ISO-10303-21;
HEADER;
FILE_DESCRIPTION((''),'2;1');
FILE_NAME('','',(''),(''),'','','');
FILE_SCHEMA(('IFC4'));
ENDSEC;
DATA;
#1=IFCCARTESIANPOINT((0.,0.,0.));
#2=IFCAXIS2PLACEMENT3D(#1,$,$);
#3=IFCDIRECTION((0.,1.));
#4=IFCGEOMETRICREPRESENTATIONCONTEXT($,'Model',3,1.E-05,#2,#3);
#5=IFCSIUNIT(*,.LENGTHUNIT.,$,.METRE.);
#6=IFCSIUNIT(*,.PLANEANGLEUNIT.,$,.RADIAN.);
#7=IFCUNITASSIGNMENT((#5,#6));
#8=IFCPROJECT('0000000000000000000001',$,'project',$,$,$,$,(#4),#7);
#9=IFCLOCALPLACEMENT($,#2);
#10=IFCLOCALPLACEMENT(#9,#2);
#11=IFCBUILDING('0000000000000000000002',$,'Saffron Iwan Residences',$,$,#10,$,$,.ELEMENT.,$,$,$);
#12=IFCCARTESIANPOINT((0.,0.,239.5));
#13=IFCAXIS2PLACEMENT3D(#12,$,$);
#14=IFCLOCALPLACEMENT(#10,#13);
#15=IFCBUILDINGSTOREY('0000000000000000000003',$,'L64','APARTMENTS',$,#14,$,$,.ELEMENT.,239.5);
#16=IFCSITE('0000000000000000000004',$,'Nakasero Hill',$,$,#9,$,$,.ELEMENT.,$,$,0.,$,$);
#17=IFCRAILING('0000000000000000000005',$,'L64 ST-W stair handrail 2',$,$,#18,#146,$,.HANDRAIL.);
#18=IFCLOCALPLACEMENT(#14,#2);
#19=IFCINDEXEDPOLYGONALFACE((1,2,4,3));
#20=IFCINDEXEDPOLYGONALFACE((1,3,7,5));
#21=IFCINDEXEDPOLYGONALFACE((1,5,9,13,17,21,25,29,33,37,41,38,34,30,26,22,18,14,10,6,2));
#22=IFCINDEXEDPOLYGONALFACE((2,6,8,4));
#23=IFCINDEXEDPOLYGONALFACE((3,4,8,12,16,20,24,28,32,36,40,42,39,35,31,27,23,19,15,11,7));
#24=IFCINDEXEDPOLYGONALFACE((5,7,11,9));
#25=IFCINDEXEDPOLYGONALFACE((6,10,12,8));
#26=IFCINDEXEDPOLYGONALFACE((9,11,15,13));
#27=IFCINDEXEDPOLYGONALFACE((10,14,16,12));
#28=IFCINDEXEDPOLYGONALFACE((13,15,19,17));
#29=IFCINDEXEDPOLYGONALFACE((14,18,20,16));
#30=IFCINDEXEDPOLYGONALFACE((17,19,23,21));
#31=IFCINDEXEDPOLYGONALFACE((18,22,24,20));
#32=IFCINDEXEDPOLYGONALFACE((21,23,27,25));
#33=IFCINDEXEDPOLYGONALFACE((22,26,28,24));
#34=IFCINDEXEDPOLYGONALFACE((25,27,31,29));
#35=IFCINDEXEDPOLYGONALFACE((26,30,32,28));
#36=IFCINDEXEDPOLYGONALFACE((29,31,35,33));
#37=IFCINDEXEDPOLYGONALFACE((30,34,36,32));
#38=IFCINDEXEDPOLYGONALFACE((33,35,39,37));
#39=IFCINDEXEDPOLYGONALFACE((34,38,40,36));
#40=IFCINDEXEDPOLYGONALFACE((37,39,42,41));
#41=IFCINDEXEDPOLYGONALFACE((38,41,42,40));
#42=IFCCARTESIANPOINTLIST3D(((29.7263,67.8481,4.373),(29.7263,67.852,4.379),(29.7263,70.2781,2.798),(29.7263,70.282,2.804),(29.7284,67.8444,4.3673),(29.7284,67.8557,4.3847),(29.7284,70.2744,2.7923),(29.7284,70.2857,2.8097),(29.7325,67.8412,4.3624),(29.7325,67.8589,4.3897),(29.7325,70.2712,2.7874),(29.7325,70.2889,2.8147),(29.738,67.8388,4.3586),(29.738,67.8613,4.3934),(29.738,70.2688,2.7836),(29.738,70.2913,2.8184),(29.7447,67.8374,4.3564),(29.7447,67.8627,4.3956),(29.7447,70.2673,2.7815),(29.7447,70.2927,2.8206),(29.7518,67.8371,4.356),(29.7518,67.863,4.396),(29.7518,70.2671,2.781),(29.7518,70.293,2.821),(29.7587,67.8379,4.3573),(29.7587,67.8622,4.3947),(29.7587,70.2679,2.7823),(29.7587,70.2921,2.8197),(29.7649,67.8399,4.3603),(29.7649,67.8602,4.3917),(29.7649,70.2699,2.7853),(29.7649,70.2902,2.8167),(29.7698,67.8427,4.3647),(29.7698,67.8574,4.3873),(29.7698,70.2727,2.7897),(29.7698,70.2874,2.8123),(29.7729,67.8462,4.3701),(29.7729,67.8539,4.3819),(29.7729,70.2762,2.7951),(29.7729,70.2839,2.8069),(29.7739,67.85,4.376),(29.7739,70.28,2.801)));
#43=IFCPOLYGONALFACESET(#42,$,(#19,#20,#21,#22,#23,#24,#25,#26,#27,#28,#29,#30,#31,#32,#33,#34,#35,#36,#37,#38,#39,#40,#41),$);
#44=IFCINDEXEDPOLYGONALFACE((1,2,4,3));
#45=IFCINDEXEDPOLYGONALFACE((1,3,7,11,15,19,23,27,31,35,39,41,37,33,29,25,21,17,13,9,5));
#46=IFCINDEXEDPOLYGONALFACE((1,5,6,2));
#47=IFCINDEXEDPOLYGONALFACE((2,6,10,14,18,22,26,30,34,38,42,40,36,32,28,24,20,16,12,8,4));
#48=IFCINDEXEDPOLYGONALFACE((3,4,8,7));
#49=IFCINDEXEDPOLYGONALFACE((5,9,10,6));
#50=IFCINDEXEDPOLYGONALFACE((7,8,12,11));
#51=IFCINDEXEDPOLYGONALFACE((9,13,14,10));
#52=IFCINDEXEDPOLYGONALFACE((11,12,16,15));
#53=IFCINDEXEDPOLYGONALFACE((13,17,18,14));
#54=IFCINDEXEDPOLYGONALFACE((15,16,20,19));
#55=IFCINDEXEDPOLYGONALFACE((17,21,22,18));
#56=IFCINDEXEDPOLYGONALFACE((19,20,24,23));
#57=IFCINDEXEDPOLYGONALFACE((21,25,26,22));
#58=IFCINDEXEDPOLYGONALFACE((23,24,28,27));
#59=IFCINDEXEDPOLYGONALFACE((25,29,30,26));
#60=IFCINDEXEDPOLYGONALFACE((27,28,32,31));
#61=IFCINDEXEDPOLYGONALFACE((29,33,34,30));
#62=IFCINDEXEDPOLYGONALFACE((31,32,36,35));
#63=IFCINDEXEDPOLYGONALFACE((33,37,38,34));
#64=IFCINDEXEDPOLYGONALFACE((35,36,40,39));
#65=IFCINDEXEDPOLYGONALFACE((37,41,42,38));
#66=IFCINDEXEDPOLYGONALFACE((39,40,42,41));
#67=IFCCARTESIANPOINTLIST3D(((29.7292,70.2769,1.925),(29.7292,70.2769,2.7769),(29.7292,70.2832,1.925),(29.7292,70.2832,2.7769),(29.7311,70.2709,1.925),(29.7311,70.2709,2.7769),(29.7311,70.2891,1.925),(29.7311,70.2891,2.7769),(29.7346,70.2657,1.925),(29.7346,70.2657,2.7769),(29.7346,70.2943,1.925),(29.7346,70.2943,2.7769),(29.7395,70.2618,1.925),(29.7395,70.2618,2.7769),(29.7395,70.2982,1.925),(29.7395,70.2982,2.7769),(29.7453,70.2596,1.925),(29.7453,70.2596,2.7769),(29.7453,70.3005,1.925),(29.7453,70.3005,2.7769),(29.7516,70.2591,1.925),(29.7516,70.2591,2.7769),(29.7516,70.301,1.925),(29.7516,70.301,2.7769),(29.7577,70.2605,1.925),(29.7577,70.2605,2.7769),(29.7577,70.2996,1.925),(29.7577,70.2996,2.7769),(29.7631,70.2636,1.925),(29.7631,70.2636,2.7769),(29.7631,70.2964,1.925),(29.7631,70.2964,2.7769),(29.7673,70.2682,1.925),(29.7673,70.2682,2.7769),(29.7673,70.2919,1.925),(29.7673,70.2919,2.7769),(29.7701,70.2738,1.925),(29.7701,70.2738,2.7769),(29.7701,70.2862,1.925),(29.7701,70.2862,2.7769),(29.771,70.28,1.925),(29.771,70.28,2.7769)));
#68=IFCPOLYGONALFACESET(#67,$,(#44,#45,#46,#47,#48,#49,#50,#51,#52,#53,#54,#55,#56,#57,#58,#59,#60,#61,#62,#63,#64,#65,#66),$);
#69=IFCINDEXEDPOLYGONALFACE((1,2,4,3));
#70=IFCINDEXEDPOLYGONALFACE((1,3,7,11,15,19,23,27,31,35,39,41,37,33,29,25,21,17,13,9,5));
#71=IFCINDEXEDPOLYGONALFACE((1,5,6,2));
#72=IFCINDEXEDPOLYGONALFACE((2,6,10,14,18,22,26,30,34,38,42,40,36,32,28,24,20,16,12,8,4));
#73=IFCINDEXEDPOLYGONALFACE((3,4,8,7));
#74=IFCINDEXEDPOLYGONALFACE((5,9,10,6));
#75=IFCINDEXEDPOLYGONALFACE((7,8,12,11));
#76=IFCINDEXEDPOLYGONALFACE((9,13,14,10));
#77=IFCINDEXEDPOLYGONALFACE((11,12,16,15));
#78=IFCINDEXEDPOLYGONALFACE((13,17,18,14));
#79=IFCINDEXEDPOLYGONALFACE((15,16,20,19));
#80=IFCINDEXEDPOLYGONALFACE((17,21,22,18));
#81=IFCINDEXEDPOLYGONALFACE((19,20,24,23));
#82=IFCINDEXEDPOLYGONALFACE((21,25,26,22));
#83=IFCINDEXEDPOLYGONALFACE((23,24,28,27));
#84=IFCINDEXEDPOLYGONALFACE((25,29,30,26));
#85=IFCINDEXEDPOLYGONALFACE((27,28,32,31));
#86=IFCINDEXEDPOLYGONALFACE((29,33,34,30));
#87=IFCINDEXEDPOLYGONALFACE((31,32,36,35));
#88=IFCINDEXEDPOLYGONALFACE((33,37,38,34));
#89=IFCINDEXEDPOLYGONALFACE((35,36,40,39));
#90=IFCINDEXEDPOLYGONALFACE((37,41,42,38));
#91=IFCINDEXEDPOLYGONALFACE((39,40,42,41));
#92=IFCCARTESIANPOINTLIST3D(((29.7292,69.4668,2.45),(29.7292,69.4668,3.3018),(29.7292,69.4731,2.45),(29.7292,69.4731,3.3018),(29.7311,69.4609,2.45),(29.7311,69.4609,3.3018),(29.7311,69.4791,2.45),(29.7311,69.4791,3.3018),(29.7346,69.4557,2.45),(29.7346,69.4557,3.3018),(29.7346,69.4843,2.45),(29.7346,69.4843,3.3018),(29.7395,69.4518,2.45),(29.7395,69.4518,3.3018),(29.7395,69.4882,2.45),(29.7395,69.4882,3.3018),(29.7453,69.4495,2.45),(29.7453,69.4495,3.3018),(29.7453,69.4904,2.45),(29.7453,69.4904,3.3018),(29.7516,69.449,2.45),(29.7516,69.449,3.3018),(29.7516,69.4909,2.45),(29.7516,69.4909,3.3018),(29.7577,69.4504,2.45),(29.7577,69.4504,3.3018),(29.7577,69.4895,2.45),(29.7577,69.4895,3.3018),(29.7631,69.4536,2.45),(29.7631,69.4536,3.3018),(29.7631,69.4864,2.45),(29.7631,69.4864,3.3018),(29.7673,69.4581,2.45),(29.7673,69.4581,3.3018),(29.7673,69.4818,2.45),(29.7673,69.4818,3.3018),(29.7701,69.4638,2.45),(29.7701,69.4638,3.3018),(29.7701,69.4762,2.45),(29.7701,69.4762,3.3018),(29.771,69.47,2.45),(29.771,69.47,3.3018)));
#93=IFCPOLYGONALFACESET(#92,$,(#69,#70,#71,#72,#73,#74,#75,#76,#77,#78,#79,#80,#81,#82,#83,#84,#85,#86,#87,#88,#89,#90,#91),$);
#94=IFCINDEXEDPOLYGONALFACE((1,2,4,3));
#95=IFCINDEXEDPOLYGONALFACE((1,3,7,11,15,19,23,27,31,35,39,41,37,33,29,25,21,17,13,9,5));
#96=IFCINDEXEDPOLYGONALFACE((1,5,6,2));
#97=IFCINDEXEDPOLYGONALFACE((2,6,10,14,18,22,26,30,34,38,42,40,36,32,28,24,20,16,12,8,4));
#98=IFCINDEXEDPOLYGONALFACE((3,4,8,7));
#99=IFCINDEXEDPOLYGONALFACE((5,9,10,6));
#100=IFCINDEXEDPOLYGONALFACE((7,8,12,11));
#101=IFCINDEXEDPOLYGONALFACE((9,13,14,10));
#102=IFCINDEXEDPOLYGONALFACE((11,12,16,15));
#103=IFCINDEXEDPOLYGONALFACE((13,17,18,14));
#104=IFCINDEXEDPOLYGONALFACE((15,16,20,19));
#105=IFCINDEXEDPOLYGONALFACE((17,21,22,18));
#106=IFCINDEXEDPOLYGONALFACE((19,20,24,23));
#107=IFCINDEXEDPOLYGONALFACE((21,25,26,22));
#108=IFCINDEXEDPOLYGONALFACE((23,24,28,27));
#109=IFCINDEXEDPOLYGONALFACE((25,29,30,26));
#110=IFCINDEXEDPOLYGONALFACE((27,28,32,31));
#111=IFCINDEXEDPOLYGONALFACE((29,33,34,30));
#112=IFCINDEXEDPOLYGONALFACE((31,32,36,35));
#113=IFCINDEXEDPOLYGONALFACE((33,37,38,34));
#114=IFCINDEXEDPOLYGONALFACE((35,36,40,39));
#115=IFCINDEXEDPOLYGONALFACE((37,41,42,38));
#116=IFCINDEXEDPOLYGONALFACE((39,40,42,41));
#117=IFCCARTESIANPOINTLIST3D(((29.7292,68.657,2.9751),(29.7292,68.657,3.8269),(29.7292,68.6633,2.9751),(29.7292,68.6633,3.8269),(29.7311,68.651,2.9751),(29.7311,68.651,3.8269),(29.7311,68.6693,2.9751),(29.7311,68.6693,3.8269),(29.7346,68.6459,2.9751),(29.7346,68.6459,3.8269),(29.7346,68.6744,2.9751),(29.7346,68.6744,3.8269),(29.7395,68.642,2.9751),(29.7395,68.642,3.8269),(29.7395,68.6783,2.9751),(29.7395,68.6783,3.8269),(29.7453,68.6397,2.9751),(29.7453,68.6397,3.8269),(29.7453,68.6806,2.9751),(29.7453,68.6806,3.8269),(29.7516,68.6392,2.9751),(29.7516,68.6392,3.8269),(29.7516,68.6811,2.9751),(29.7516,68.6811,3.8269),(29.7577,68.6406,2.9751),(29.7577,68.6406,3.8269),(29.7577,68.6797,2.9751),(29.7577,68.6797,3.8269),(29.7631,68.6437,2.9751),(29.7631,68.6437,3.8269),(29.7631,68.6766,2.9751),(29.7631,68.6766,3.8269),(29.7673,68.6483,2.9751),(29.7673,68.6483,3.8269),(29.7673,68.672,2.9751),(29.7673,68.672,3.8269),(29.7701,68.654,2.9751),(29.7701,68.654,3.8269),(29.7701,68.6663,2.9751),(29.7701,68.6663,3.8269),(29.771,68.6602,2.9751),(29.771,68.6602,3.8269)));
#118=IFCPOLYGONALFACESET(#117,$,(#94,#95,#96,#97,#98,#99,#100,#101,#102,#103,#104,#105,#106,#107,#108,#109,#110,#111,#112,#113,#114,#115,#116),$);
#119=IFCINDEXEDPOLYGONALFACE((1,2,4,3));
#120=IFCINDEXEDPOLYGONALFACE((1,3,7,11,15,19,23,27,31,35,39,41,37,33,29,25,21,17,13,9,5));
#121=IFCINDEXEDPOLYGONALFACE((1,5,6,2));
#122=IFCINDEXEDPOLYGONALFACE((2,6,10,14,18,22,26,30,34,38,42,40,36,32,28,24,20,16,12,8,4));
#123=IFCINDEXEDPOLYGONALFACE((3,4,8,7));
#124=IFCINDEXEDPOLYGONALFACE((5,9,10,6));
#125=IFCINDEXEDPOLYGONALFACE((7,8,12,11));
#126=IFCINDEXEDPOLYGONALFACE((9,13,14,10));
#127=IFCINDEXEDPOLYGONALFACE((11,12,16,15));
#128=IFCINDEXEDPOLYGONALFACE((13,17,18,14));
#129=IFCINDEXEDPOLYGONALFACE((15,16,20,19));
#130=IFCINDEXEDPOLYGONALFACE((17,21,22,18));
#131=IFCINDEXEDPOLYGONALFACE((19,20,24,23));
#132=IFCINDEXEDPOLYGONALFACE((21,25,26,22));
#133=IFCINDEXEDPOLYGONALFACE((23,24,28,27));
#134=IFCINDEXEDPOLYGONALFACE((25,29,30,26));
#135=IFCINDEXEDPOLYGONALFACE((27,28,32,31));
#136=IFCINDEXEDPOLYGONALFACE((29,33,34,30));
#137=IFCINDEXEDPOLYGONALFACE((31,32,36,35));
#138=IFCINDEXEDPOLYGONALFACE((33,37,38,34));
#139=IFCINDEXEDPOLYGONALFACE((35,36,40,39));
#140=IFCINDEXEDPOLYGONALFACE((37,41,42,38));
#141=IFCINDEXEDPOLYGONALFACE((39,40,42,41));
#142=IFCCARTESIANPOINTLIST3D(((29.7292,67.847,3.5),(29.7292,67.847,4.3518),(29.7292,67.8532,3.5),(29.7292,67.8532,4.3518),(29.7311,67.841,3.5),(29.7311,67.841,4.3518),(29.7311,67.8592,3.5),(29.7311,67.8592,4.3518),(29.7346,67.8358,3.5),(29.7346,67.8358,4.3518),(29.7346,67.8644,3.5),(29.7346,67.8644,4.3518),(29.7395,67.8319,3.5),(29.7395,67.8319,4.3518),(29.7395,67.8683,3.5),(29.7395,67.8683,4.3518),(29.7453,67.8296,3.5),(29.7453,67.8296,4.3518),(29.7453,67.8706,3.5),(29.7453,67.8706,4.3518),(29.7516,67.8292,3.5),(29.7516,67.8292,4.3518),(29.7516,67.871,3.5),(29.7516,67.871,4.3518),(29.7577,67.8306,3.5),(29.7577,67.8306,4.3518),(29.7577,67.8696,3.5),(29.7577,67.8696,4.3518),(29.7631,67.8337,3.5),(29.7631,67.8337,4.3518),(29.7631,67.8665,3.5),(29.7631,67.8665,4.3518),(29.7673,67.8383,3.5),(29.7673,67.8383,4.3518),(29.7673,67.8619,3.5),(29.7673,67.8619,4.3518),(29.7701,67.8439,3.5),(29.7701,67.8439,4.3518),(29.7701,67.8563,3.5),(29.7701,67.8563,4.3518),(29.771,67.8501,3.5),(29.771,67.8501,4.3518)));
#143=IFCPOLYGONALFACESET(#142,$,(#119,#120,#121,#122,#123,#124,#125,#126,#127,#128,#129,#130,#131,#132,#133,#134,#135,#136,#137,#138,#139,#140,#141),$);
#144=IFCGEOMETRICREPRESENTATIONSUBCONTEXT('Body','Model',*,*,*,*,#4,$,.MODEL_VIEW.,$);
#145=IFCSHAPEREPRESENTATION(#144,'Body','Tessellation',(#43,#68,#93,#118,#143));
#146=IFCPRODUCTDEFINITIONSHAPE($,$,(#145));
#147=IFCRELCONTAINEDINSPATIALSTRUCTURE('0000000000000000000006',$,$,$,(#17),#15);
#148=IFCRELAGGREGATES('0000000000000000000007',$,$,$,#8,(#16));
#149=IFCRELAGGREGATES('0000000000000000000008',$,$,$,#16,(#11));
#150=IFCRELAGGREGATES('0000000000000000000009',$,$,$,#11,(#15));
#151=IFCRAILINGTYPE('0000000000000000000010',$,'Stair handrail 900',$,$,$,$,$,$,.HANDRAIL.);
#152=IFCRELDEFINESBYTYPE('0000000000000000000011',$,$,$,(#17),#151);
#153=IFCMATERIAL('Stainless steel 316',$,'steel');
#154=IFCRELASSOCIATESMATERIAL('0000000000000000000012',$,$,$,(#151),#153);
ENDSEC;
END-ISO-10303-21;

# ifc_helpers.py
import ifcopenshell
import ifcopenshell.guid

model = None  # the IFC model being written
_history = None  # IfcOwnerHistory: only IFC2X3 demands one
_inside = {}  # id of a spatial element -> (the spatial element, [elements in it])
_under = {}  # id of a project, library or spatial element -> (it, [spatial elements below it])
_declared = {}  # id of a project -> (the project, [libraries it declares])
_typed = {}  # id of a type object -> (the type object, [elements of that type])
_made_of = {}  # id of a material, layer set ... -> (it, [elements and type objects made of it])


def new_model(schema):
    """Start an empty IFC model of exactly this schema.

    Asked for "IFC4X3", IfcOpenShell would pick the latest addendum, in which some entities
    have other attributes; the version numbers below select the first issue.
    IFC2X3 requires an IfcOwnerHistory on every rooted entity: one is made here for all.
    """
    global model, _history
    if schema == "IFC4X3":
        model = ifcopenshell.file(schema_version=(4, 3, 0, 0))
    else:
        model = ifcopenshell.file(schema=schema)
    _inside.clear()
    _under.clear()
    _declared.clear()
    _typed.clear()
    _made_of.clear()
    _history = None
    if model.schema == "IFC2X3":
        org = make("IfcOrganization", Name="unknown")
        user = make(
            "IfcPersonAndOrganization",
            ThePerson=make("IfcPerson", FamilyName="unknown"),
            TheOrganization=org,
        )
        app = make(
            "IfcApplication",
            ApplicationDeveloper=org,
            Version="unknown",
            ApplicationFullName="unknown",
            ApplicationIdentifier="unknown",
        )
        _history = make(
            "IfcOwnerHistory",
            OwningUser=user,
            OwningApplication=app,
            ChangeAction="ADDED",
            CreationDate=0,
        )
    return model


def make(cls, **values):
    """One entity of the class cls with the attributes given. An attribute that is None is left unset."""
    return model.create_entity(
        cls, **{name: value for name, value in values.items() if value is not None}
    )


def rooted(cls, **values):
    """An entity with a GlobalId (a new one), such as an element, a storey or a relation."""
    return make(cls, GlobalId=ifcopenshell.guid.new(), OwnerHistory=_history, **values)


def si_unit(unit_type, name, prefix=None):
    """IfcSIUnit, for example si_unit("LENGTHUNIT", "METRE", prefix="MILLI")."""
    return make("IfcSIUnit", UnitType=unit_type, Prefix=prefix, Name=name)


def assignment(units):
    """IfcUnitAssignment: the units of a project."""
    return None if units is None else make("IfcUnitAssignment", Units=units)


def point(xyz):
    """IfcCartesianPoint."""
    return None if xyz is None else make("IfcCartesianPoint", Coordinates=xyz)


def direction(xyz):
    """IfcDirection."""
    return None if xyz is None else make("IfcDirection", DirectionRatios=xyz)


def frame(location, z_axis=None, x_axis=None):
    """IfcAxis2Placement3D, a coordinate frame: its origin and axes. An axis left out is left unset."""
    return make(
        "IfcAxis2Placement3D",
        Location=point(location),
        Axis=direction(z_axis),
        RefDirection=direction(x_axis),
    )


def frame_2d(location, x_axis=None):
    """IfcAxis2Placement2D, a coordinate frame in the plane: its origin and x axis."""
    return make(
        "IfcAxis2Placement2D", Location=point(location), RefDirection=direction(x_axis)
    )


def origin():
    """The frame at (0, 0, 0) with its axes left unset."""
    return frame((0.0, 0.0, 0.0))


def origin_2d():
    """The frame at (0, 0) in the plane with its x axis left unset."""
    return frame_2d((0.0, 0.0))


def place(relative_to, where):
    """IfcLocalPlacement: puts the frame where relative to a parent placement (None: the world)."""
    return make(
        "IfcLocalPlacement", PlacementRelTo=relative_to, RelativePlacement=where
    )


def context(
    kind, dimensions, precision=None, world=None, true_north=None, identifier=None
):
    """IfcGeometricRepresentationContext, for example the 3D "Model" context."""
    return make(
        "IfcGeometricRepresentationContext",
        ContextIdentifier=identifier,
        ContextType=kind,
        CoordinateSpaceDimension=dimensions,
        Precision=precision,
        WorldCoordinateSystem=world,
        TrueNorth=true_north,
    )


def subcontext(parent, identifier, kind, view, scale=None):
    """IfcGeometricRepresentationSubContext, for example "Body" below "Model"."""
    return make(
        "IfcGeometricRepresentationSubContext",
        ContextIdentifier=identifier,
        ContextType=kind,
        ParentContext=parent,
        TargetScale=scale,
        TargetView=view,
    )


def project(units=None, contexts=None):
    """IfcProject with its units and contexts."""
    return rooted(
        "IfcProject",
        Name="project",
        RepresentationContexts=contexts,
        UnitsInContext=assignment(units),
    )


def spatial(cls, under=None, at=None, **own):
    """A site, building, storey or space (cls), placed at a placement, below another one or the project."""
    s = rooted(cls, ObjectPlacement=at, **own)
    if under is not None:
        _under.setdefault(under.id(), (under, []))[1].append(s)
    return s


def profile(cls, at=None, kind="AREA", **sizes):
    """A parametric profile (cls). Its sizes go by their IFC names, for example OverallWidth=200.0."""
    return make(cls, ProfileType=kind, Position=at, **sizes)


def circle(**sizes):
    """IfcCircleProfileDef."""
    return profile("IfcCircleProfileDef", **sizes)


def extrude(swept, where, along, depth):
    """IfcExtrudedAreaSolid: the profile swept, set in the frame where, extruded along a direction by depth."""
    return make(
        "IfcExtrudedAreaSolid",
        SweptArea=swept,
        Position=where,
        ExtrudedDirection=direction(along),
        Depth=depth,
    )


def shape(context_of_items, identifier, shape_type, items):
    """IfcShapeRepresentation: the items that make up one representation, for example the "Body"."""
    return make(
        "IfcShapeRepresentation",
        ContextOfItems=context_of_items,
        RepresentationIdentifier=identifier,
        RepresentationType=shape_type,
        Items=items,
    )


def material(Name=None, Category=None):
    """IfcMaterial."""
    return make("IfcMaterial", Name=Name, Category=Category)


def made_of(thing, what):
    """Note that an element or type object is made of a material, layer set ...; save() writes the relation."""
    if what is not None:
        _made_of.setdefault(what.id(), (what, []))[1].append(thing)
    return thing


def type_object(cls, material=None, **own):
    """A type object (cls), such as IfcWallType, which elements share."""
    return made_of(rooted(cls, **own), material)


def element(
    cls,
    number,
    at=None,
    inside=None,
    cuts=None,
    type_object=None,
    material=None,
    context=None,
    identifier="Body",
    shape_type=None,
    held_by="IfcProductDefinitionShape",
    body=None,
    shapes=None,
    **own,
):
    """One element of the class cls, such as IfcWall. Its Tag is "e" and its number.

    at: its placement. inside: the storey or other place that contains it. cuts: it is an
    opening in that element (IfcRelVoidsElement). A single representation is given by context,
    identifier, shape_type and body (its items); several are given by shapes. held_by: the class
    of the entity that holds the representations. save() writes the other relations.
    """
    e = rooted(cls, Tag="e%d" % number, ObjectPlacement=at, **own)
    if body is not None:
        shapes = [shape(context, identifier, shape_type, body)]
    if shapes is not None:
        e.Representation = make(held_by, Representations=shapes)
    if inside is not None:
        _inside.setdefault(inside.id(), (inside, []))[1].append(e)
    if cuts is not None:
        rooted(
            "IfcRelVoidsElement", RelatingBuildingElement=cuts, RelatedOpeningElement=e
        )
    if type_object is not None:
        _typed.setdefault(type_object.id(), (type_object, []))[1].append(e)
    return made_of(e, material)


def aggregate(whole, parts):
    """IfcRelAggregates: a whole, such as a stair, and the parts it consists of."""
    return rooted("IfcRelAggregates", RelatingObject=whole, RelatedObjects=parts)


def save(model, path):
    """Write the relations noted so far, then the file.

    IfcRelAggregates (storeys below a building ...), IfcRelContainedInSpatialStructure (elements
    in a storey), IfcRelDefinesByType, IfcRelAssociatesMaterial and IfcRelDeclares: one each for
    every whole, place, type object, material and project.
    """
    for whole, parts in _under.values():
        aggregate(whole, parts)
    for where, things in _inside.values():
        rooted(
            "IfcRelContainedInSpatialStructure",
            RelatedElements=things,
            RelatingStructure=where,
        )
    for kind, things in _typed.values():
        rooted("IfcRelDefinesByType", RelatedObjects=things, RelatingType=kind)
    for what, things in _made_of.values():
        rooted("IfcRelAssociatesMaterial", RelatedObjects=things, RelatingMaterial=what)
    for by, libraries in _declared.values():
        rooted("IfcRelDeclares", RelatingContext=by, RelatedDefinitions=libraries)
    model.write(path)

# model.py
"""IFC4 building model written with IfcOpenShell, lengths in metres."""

from ifc_helpers import new_model, si_unit, direction, frame, origin, origin_2d, place, context, subcontext, project, spatial, circle, extrude, material, type_object, element, save


model = new_model("IFC4")

# Units and contexts
model_context = context("Model", 3, precision=1e-05, world=origin(), true_north=direction((0.0, 1.0)))
body_context = subcontext(model_context, "Body", "Model", "MODEL_VIEW")
ifc_project = project(units=[si_unit("LENGTHUNIT", "METRE"), si_unit("PLANEANGLEUNIT", "RADIAN")], contexts=[model_context])

# Site, building, storey
site_placement = place(None, origin())
site = spatial("IfcSite", under=ifc_project, at=site_placement, Name="Nakasero Hill", CompositionType="ELEMENT", RefElevation=0.0)
building_placement = place(site_placement, origin())
building = spatial("IfcBuilding", under=site, at=building_placement, Name="Saffron Iwan Residences", CompositionType="ELEMENT")
storey_placement = place(building_placement, frame((0.0, 0.0, 239.5)))
storey = spatial("IfcBuildingStorey", under=building, at=storey_placement, Name="L64", Description="APARTMENTS", CompositionType="ELEMENT", Elevation=239.5)

# Railing
ifc_material_1 = material(Name="Stainless steel 316", Category="steel")
railing_type = type_object("IfcRailingType", Name="Stair handrail 900", PredefinedType="HANDRAIL", material=ifc_material_1)
railing_1_placement = place(storey_placement, frame((29.75, 70.28, 1.925)))
element("IfcRailing", 1, at=railing_1_placement, inside=storey, type_object=railing_type, Name="L64 ST-W stair handrail 2", PredefinedType="HANDRAIL", context=body_context, shape_type="SweptSolid", body=[
    extrude(circle(Radius=0.0239, at=origin_2d()), frame((0.0, 0.0, 0.876), z_axis=(0.0, -0.839154, 0.543894), x_axis=(1.0, 0.0, 0.0)), (0.0, 0.0, 1.0), 2.8958),
    extrude(circle(Radius=0.021, at=origin_2d()), origin(), (0.0, 0.0, 1.0), 0.8518),
    extrude(circle(Radius=0.021, at=origin_2d()), frame((0.0, -0.8101, 0.5249)), (0.0, 0.0, 1.0), 0.8518),
    extrude(circle(Radius=0.021, at=origin_2d()), frame((0.0, -1.6199, 1.05)), (0.0, 0.0, 1.0), 0.8518),
    extrude(circle(Radius=0.021, at=origin_2d()), frame((0.0, -2.4299, 1.575)), (0.0, 0.0, 1.0), 0.8518),
])

save(model, "model.ifc")
